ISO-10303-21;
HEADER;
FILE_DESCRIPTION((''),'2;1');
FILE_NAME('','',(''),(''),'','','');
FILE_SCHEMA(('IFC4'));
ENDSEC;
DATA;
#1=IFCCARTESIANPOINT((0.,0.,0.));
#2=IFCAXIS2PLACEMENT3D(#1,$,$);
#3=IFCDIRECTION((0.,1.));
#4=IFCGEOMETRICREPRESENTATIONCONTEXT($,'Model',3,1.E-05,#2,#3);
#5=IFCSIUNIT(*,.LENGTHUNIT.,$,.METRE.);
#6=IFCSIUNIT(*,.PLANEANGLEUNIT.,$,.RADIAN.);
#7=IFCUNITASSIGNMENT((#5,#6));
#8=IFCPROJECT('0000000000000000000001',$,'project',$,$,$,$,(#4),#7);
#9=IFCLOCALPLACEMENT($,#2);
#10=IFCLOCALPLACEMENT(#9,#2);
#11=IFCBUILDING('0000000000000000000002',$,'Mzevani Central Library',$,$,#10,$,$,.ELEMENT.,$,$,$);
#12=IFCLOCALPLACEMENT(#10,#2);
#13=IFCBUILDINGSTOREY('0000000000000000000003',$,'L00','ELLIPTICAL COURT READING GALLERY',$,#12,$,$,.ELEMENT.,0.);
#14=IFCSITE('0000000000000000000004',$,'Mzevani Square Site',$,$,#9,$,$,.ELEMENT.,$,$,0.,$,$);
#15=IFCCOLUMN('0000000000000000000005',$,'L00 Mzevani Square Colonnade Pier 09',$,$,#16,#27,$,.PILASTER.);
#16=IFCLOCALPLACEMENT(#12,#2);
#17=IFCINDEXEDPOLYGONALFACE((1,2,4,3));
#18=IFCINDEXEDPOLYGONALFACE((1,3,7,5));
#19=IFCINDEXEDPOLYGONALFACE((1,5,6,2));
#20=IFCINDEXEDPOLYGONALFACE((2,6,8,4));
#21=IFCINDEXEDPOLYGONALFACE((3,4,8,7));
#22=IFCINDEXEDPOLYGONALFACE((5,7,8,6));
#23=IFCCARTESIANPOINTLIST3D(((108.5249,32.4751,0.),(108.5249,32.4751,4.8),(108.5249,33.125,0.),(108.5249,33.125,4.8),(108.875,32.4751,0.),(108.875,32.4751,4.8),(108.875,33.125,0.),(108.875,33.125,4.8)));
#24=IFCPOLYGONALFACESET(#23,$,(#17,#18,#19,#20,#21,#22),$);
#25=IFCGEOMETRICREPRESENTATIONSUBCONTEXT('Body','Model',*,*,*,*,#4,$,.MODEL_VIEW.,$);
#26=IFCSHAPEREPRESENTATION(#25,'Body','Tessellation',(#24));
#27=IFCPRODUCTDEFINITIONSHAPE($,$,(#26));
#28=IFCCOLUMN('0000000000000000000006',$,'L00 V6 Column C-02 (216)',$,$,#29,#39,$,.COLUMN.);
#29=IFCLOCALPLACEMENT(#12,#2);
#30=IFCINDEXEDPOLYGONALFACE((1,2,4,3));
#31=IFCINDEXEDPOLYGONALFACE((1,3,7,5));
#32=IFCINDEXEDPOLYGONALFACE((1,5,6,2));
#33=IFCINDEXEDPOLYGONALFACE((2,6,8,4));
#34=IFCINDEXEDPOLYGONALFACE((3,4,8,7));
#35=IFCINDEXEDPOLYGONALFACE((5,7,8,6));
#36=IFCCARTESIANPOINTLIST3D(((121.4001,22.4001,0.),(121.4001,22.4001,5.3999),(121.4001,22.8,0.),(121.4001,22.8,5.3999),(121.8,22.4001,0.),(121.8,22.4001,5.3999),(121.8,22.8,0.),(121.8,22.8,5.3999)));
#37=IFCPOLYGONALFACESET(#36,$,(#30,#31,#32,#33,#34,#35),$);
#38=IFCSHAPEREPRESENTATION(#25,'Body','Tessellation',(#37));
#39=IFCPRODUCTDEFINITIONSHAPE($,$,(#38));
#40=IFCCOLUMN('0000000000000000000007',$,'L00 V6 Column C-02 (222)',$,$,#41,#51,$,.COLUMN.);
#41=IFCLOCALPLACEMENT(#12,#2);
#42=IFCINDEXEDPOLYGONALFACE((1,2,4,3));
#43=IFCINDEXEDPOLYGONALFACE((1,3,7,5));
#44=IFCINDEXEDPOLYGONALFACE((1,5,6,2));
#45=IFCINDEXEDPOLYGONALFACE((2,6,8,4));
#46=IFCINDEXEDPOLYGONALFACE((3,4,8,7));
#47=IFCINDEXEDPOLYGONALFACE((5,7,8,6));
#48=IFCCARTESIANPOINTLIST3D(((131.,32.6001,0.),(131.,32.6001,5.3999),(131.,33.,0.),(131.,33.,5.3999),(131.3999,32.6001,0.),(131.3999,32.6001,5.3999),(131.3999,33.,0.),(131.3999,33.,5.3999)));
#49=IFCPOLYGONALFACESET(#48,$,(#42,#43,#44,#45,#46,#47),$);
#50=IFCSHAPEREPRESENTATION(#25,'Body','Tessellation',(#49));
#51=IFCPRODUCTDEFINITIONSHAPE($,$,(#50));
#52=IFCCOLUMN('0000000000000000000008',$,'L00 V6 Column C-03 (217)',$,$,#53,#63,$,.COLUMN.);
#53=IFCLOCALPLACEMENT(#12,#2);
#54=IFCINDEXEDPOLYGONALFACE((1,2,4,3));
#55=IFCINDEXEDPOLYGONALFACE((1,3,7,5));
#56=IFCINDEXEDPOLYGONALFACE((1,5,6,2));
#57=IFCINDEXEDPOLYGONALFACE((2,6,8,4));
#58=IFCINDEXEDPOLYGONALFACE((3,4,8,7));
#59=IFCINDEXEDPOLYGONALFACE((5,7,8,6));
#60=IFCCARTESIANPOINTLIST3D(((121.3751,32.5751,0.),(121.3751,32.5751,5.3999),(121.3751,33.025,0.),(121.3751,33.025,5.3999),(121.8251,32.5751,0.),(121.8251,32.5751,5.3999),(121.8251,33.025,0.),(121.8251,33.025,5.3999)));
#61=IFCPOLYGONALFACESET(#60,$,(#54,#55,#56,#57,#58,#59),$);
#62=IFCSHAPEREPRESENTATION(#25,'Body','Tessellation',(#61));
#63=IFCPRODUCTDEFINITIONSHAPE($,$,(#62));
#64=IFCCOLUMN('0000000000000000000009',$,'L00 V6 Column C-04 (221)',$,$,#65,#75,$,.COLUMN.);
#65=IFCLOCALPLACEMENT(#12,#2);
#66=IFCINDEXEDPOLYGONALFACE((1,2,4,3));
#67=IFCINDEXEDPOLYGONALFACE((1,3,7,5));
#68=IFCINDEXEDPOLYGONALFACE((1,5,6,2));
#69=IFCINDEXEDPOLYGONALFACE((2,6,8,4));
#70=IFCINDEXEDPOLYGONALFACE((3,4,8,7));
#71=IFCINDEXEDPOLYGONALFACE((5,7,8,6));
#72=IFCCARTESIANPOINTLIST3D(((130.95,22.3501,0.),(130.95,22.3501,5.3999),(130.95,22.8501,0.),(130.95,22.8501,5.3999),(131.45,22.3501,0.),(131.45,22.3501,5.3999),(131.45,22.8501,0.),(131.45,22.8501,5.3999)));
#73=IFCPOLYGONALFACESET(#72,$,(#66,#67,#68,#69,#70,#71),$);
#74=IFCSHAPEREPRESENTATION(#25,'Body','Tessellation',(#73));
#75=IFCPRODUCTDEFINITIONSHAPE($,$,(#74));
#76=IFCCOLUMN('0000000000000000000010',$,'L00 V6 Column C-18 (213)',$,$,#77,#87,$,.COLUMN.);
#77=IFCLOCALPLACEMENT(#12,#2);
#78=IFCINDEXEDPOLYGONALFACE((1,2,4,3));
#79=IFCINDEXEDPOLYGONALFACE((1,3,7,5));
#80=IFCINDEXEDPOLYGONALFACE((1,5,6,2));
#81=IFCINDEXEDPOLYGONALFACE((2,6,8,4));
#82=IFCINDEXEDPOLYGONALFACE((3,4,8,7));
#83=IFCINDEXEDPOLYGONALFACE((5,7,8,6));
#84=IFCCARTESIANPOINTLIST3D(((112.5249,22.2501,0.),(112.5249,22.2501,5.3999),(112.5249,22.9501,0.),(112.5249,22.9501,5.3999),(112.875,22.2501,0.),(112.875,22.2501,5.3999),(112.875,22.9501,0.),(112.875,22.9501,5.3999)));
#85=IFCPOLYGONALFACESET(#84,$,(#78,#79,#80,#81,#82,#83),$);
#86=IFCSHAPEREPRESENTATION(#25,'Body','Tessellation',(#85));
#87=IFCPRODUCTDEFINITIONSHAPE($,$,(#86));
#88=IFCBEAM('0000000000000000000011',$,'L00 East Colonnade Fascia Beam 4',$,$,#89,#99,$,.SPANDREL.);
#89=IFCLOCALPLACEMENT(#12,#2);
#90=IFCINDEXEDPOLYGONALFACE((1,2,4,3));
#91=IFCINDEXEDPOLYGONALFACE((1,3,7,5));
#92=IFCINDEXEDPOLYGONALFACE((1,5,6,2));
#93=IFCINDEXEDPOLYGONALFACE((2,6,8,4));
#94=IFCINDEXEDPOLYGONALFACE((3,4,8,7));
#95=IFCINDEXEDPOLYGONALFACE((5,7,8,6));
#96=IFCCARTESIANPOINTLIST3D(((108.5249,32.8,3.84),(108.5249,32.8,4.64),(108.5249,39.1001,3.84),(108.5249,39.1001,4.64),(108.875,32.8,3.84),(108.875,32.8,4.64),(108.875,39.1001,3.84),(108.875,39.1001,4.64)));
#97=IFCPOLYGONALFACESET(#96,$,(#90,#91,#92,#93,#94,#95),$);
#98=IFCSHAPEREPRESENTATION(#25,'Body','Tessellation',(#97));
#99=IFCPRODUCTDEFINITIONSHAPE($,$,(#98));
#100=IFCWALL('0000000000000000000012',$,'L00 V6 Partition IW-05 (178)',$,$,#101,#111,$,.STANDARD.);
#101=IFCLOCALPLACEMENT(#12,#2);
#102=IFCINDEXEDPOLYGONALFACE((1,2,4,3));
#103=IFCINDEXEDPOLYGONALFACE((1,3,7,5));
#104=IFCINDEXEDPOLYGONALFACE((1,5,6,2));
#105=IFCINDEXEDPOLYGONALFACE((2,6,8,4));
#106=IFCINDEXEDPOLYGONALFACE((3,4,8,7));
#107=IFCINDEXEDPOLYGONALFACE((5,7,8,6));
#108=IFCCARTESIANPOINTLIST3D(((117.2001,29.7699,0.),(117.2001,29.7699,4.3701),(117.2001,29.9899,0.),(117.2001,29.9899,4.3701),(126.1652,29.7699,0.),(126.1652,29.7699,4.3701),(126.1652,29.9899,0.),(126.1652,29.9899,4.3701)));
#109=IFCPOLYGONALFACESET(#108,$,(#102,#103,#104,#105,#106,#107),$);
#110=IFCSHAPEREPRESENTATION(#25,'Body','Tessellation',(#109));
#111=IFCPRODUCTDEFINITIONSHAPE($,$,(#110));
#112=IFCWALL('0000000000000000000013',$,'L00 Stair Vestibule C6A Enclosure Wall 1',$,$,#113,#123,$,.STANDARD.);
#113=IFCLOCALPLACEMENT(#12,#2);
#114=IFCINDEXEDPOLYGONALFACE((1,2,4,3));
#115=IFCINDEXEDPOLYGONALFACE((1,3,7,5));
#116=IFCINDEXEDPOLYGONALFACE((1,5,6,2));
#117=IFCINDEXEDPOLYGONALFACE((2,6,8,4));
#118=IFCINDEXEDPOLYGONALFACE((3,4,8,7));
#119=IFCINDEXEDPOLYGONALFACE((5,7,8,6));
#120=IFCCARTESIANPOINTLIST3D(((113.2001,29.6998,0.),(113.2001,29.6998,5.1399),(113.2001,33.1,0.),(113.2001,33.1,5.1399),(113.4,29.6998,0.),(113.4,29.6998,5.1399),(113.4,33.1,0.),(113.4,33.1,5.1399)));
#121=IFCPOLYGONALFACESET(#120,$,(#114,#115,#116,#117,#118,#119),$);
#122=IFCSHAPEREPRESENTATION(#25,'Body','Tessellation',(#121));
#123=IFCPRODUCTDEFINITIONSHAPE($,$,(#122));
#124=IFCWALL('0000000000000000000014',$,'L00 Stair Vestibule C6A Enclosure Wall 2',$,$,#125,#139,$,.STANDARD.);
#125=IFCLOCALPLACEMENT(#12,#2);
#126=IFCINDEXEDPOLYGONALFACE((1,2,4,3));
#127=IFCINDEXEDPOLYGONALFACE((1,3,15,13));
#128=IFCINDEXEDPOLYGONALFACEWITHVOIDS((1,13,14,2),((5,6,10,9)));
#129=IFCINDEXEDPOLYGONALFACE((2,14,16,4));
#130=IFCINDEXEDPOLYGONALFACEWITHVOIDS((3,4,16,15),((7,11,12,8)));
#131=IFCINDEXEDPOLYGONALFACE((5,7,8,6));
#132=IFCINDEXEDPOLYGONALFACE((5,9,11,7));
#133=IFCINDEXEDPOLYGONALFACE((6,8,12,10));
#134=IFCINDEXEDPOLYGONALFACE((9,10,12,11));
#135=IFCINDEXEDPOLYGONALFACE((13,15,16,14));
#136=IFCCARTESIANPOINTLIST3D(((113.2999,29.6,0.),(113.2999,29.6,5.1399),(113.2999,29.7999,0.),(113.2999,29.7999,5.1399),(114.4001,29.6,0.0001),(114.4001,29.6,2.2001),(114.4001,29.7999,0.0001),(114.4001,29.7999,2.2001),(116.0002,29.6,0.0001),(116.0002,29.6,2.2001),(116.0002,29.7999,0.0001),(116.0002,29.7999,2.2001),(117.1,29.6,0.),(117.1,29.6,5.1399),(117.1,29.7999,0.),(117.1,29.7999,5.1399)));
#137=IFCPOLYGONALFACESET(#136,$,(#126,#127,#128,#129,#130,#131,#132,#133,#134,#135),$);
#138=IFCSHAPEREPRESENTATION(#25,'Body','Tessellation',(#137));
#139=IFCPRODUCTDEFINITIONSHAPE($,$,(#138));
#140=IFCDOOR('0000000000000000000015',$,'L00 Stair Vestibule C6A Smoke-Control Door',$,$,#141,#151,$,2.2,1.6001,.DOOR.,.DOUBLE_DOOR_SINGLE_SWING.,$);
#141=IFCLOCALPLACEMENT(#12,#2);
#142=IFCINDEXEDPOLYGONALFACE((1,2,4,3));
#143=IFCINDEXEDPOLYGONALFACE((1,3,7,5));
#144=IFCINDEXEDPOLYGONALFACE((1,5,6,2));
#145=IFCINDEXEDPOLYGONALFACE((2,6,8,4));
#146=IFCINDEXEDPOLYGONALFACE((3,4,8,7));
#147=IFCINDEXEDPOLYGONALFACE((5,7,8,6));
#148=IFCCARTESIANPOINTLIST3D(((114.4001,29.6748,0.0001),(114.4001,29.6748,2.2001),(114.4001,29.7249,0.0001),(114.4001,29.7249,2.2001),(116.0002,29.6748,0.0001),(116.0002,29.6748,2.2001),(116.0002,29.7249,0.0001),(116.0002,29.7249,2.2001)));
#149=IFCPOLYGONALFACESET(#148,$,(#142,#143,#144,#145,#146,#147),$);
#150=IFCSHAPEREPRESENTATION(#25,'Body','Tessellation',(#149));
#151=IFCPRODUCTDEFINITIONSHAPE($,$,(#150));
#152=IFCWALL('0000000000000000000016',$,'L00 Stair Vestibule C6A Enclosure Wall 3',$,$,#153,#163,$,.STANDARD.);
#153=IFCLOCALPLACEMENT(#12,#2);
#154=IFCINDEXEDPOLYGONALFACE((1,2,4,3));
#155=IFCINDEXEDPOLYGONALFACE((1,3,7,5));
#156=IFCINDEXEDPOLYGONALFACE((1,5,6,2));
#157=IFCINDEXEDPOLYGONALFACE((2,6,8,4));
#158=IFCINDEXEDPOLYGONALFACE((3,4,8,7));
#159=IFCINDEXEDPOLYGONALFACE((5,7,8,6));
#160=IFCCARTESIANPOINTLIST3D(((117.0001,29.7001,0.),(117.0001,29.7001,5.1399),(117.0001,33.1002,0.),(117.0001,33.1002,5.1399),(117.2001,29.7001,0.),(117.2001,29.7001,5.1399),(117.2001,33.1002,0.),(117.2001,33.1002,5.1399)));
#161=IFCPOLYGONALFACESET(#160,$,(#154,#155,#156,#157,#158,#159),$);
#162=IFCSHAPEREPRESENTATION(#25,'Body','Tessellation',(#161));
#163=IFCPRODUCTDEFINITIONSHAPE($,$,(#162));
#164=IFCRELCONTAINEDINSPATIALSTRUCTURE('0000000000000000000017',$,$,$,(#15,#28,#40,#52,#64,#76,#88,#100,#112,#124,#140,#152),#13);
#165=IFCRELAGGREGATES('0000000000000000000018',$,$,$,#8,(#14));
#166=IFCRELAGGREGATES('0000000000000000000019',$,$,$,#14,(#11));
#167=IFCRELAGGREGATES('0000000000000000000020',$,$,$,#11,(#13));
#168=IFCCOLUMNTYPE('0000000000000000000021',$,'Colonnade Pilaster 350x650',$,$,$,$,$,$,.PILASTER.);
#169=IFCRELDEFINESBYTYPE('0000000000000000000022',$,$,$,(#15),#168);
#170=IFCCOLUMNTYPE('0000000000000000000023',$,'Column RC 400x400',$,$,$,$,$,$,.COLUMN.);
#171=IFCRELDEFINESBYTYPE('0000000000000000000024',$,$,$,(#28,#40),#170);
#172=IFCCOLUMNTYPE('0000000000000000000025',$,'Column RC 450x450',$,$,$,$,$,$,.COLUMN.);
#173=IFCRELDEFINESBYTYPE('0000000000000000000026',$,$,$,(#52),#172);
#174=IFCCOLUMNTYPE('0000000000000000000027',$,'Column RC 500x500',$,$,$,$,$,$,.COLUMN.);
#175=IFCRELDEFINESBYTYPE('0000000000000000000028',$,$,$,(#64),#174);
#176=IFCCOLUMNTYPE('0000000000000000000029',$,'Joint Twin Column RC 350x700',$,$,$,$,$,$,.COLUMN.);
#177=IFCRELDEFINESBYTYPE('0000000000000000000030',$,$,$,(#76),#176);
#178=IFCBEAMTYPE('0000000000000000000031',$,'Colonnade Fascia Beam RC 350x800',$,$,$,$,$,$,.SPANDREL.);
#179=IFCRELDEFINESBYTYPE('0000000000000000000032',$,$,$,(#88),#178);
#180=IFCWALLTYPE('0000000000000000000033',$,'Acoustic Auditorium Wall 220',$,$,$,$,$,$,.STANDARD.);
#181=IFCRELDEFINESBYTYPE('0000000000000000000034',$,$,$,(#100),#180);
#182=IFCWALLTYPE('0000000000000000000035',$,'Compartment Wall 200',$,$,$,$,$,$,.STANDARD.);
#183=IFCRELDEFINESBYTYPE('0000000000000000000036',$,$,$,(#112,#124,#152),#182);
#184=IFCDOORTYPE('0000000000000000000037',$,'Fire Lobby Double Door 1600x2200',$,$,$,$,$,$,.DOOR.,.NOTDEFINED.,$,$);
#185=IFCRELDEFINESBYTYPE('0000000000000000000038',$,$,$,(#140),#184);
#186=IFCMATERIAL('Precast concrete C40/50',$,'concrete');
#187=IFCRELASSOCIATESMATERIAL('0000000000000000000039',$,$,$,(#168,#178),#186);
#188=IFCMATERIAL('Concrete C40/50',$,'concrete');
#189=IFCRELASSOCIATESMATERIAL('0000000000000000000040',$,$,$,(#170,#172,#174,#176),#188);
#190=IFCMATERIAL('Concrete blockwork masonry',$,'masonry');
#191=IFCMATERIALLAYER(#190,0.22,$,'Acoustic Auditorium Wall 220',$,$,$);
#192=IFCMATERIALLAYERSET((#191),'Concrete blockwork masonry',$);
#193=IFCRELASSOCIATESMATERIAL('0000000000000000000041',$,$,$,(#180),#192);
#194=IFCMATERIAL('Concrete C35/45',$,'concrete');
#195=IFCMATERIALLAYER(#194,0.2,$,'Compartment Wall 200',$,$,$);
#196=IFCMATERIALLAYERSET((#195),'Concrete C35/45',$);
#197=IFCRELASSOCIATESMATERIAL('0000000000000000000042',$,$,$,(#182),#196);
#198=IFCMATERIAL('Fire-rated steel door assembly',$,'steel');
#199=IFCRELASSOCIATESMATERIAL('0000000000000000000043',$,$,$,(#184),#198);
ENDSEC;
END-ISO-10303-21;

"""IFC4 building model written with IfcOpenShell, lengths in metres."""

from ifc_helpers import new_model, si_unit, direction, frame, frame_2d, origin, origin_2d, place, context, subcontext, project, spatial, rectangle, extrude, material, layer, layer_set, material_profile, profile_set, type_object, element, fill, save


model = new_model("IFC4")

# Units and contexts
model_context = context("Model", 3, precision=1e-05, world=origin(), true_north=direction((0.0, 1.0)))
body_context = subcontext(model_context, "Body", "Model", "MODEL_VIEW")
ifc_project = project(units=[si_unit("LENGTHUNIT", "METRE"), si_unit("PLANEANGLEUNIT", "RADIAN")], contexts=[model_context])

# Site, building, storey
site_placement = place(None, origin())
site = spatial("IfcSite", under=ifc_project, at=site_placement, Name="Mzevani Square Site", CompositionType="ELEMENT", RefElevation=0.0)
building_placement = place(site_placement, origin())
building = spatial("IfcBuilding", under=site, at=building_placement, Name="Mzevani Central Library", CompositionType="ELEMENT")
storey_placement = place(building_placement, origin())
storey = spatial("IfcBuildingStorey", under=building, at=storey_placement, Name="L00", Description="ELLIPTICAL COURT READING GALLERY", CompositionType="ELEMENT", Elevation=0.0)

# Columns
ifc_material_1 = material(Name="Precast concrete C40/50", Category="concrete")
ifc_material_profile_1 = material_profile(ifc_material_1, rectangle(XDim=0.3501, YDim=0.6499, at=origin_2d()), Name="PC PIL 350x650")
ifc_profile_set_1 = profile_set([ifc_material_profile_1], Name="Precast concrete C40/50")
column_type_1 = type_object("IfcColumnType", Name="Colonnade Pilaster 350x650", PredefinedType="PILASTER", material=ifc_profile_set_1)
column_1_placement = place(storey_placement, frame((108.7, 32.8, 0.0), z_axis=(0.0, 0.0, 1.0), x_axis=(1.0, 0.0, 0.0)))
element("IfcColumn", 1, at=column_1_placement, inside=storey, type_object=column_type_1, Name="L00 Mzevani Square Colonnade Pier 09", PredefinedType="PILASTER", context=body_context, shape_type="SweptSolid", body=[
    extrude(rectangle(XDim=0.3501, YDim=0.6499, at=origin_2d()), origin(), (0.0, 0.0, 1.0), 4.8),
])
ifc_material_2 = material(Name="Concrete C40/50", Category="concrete")
ifc_material_profile_2 = material_profile(ifc_material_2, rectangle(XDim=0.3999, YDim=0.3999, at=origin_2d()), Name="RC 400x400")
ifc_profile_set_2 = profile_set([ifc_material_profile_2], Name="Concrete C40/50")
column_type_2 = type_object("IfcColumnType", Name="Column RC 400x400", PredefinedType="COLUMN", material=ifc_profile_set_2)
for number, where, z_axis, x_axis, name in (
    (2, (121.6001, 22.6001, 0.0), (0.0, 0.0, 1.0), (1.0, 0.0, 0.0), "L00 V6 Column C-02 (216)"),
    (3, (131.2, 32.8, 0.0), (0.0, 0.0, 1.0), (1.0, 0.0, 0.0), "L00 V6 Column C-02 (222)"),
):
    element("IfcColumn", number, at=place(storey_placement, frame(where, z_axis=z_axis, x_axis=x_axis)), inside=storey, type_object=column_type_2, Name=name, PredefinedType="COLUMN", context=body_context, shape_type="SweptSolid", body=[
        extrude(rectangle(XDim=0.3999, YDim=0.3999, at=origin_2d()), origin(), (0.0, 0.0, 1.0), 5.3999),
    ])
ifc_material_profile_3 = material_profile(ifc_material_2, rectangle(XDim=0.45, YDim=0.45, at=origin_2d()), Name="RC 450x450")
ifc_profile_set_3 = profile_set([ifc_material_profile_3], Name="Concrete C40/50")
column_type_3 = type_object("IfcColumnType", Name="Column RC 450x450", PredefinedType="COLUMN", material=ifc_profile_set_3)
column_2_placement = place(storey_placement, frame((121.6001, 32.8, 0.0), z_axis=(0.0, 0.0, 1.0), x_axis=(1.0, 0.0, 0.0)))
element("IfcColumn", 4, at=column_2_placement, inside=storey, type_object=column_type_3, Name="L00 V6 Column C-03 (217)", PredefinedType="COLUMN", context=body_context, shape_type="SweptSolid", body=[
    extrude(rectangle(XDim=0.45, YDim=0.45, at=origin_2d()), origin(), (0.0, 0.0, 1.0), 5.3999),
])
ifc_material_profile_4 = material_profile(ifc_material_2, rectangle(XDim=0.5, YDim=0.5, at=origin_2d()), Name="RC 500x500")
ifc_profile_set_4 = profile_set([ifc_material_profile_4], Name="Concrete C40/50")
column_type_4 = type_object("IfcColumnType", Name="Column RC 500x500", PredefinedType="COLUMN", material=ifc_profile_set_4)
column_3_placement = place(storey_placement, frame((131.2, 22.6001, 0.0), z_axis=(0.0, 0.0, 1.0), x_axis=(1.0, 0.0, 0.0)))
element("IfcColumn", 5, at=column_3_placement, inside=storey, type_object=column_type_4, Name="L00 V6 Column C-04 (221)", PredefinedType="COLUMN", context=body_context, shape_type="SweptSolid", body=[
    extrude(rectangle(XDim=0.5, YDim=0.5, at=origin_2d()), origin(), (0.0, 0.0, 1.0), 5.3999),
])
ifc_material_profile_5 = material_profile(ifc_material_2, rectangle(XDim=0.3501, YDim=0.7, at=origin_2d()), Name="RC 350x700")
ifc_profile_set_5 = profile_set([ifc_material_profile_5], Name="Concrete C40/50")
column_type_5 = type_object("IfcColumnType", Name="Joint Twin Column RC 350x700", PredefinedType="COLUMN", material=ifc_profile_set_5)
column_4_placement = place(storey_placement, frame((112.7, 22.6001, 0.0), z_axis=(0.0, 0.0, 1.0), x_axis=(1.0, 0.0, 0.0)))
element("IfcColumn", 6, at=column_4_placement, inside=storey, type_object=column_type_5, Name="L00 V6 Column C-18 (213)", PredefinedType="COLUMN", context=body_context, shape_type="SweptSolid", body=[
    extrude(rectangle(XDim=0.3501, YDim=0.7, at=origin_2d()), origin(), (0.0, 0.0, 1.0), 5.3999),
])

# Beam
ifc_material_profile_6 = material_profile(ifc_material_1, rectangle(XDim=0.3501, YDim=0.8, at=origin_2d()), Name="RC SP350x800")
ifc_profile_set_6 = profile_set([ifc_material_profile_6], Name="Precast concrete C40/50")
beam_type = type_object("IfcBeamType", Name="Colonnade Fascia Beam RC 350x800", PredefinedType="SPANDREL", material=ifc_profile_set_6)
beam_placement = place(storey_placement, frame((108.7, 32.8, 4.24), z_axis=(0.0, 1.0, 0.0), x_axis=(-1.0, 0.0, 0.0)))
element("IfcBeam", 7, at=beam_placement, inside=storey, type_object=beam_type, Name="L00 East Colonnade Fascia Beam 4", PredefinedType="SPANDREL", context=body_context, shape_type="SweptSolid", body=[
    extrude(rectangle(XDim=0.3501, YDim=0.8, at=origin_2d()), origin(), (0.0, 0.0, 1.0), 6.3),
])

# Walls
ifc_material_3 = material(Name="Concrete blockwork masonry", Category="masonry")
ifc_layer_1 = layer(ifc_material_3, 0.22, Name="Acoustic Auditorium Wall 220")
ifc_layer_set_1 = layer_set([ifc_layer_1], Name="Concrete blockwork masonry")
wall_type_1 = type_object("IfcWallType", Name="Acoustic Auditorium Wall 220", PredefinedType="STANDARD", material=ifc_layer_set_1)
wall_1_placement = place(storey_placement, frame((126.165, 29.8799, 0.0), z_axis=(0.0, 0.0, 1.0), x_axis=(-1.0, 0.0, 0.0)))
element("IfcWall", 8, at=wall_1_placement, inside=storey, type_object=wall_type_1, Name="L00 V6 Partition IW-05 (178)", PredefinedType="STANDARD", context=body_context, shape_type="SweptSolid", body=[
    extrude(rectangle(XDim=8.9651, YDim=0.22, at=frame_2d((4.4824, 0.0))), origin(), (0.0, 0.0, 1.0), 4.3701),
])
ifc_material_4 = material(Name="Concrete C35/45", Category="concrete")
ifc_layer_2 = layer(ifc_material_4, 0.2, Name="Compartment Wall 200")
ifc_layer_set_2 = layer_set([ifc_layer_2], Name="Concrete C35/45")
wall_type_2 = type_object("IfcWallType", Name="Compartment Wall 200", PredefinedType="STANDARD", material=ifc_layer_set_2)
wall_2_placement = place(storey_placement, frame((113.3, 33.1001, 0.0), z_axis=(0.0, 0.0, 1.0), x_axis=(0.0, -1.0, 0.0)))
element("IfcWall", 9, at=wall_2_placement, inside=storey, type_object=wall_type_2, Name="L00 Stair Vestibule C6A Enclosure Wall 1", PredefinedType="STANDARD", context=body_context, shape_type="SweptSolid", body=[
    extrude(rectangle(XDim=3.4001, YDim=0.2, at=frame_2d((1.7002, 0.0))), origin(), (0.0, 0.0, 1.0), 5.1399),
])

# Wall, opening, door
wall_3_placement = place(storey_placement, frame((113.3, 29.7, 0.0), z_axis=(0.0, 0.0, 1.0), x_axis=(1.0, 0.0, 0.0)))
wall_3 = element("IfcWall", 10, at=wall_3_placement, inside=storey, type_object=wall_type_2, Name="L00 Stair Vestibule C6A Enclosure Wall 2", PredefinedType="STANDARD", context=body_context, shape_type="SweptSolid", body=[
    extrude(rectangle(XDim=3.8, YDim=0.2, at=frame_2d((1.8999, 0.0))), origin(), (0.0, 0.0, 1.0), 5.1399),
])
opening_1_placement = place(wall_3_placement, frame((1.1001, 0.0, 0.0)))
opening_1 = element("IfcOpeningElement", 11, at=opening_1_placement, cuts=wall_3, PredefinedType="OPENING", context=body_context, shape_type="SweptSolid", body=[
    extrude(rectangle(XDim=1.6001, YDim=2.2, at=frame_2d((0.8, 1.1001))), frame((0.0, 0.1099, 0.0), z_axis=(0.0, -1.0, 0.0), x_axis=(1.0, 0.0, 0.0)), (0.0, 0.0, 1.0), 0.22),
])
ifc_material_5 = material(Name="Fire-rated steel door assembly", Category="steel")
door_type_1 = type_object("IfcDoorType", Name="Fire Lobby Double Door 1600x2200", OperationType="NOTDEFINED", PredefinedType="DOOR", material=ifc_material_5)
door_1_placement = place(opening_1_placement, origin())
door_1 = element("IfcDoor", 12, at=door_1_placement, inside=storey, type_object=door_type_1, Name="L00 Stair Vestibule C6A Smoke-Control Door", OperationType="DOUBLE_DOOR_SINGLE_SWING", OverallHeight=2.2, OverallWidth=1.6001, PredefinedType="DOOR", context=body_context, shape_type="SweptSolid", body=[
    extrude(rectangle(XDim=1.6001, YDim=2.2, at=frame_2d((0.8, 1.1001))), frame((0.0, 0.0249, 0.0), z_axis=(0.0, -1.0, 0.0), x_axis=(1.0, 0.0, 0.0)), (0.0, 0.0, 1.0), 0.05),
])
fill(opening_1, door_1)

# Wall
wall_4_placement = place(storey_placement, frame((117.1001, 29.7, 0.0), z_axis=(0.0, 0.0, 1.0), x_axis=(0.0, 1.0, 0.0)))
element("IfcWall", 13, at=wall_4_placement, inside=storey, type_object=wall_type_2, Name="L00 Stair Vestibule C6A Enclosure Wall 3", PredefinedType="STANDARD", context=body_context, shape_type="SweptSolid", body=[
    extrude(rectangle(XDim=3.4001, YDim=0.2, at=frame_2d((1.7002, 0.0))), origin(), (0.0, 0.0, 1.0), 5.1399),
])

save(model, "model.ifc")
